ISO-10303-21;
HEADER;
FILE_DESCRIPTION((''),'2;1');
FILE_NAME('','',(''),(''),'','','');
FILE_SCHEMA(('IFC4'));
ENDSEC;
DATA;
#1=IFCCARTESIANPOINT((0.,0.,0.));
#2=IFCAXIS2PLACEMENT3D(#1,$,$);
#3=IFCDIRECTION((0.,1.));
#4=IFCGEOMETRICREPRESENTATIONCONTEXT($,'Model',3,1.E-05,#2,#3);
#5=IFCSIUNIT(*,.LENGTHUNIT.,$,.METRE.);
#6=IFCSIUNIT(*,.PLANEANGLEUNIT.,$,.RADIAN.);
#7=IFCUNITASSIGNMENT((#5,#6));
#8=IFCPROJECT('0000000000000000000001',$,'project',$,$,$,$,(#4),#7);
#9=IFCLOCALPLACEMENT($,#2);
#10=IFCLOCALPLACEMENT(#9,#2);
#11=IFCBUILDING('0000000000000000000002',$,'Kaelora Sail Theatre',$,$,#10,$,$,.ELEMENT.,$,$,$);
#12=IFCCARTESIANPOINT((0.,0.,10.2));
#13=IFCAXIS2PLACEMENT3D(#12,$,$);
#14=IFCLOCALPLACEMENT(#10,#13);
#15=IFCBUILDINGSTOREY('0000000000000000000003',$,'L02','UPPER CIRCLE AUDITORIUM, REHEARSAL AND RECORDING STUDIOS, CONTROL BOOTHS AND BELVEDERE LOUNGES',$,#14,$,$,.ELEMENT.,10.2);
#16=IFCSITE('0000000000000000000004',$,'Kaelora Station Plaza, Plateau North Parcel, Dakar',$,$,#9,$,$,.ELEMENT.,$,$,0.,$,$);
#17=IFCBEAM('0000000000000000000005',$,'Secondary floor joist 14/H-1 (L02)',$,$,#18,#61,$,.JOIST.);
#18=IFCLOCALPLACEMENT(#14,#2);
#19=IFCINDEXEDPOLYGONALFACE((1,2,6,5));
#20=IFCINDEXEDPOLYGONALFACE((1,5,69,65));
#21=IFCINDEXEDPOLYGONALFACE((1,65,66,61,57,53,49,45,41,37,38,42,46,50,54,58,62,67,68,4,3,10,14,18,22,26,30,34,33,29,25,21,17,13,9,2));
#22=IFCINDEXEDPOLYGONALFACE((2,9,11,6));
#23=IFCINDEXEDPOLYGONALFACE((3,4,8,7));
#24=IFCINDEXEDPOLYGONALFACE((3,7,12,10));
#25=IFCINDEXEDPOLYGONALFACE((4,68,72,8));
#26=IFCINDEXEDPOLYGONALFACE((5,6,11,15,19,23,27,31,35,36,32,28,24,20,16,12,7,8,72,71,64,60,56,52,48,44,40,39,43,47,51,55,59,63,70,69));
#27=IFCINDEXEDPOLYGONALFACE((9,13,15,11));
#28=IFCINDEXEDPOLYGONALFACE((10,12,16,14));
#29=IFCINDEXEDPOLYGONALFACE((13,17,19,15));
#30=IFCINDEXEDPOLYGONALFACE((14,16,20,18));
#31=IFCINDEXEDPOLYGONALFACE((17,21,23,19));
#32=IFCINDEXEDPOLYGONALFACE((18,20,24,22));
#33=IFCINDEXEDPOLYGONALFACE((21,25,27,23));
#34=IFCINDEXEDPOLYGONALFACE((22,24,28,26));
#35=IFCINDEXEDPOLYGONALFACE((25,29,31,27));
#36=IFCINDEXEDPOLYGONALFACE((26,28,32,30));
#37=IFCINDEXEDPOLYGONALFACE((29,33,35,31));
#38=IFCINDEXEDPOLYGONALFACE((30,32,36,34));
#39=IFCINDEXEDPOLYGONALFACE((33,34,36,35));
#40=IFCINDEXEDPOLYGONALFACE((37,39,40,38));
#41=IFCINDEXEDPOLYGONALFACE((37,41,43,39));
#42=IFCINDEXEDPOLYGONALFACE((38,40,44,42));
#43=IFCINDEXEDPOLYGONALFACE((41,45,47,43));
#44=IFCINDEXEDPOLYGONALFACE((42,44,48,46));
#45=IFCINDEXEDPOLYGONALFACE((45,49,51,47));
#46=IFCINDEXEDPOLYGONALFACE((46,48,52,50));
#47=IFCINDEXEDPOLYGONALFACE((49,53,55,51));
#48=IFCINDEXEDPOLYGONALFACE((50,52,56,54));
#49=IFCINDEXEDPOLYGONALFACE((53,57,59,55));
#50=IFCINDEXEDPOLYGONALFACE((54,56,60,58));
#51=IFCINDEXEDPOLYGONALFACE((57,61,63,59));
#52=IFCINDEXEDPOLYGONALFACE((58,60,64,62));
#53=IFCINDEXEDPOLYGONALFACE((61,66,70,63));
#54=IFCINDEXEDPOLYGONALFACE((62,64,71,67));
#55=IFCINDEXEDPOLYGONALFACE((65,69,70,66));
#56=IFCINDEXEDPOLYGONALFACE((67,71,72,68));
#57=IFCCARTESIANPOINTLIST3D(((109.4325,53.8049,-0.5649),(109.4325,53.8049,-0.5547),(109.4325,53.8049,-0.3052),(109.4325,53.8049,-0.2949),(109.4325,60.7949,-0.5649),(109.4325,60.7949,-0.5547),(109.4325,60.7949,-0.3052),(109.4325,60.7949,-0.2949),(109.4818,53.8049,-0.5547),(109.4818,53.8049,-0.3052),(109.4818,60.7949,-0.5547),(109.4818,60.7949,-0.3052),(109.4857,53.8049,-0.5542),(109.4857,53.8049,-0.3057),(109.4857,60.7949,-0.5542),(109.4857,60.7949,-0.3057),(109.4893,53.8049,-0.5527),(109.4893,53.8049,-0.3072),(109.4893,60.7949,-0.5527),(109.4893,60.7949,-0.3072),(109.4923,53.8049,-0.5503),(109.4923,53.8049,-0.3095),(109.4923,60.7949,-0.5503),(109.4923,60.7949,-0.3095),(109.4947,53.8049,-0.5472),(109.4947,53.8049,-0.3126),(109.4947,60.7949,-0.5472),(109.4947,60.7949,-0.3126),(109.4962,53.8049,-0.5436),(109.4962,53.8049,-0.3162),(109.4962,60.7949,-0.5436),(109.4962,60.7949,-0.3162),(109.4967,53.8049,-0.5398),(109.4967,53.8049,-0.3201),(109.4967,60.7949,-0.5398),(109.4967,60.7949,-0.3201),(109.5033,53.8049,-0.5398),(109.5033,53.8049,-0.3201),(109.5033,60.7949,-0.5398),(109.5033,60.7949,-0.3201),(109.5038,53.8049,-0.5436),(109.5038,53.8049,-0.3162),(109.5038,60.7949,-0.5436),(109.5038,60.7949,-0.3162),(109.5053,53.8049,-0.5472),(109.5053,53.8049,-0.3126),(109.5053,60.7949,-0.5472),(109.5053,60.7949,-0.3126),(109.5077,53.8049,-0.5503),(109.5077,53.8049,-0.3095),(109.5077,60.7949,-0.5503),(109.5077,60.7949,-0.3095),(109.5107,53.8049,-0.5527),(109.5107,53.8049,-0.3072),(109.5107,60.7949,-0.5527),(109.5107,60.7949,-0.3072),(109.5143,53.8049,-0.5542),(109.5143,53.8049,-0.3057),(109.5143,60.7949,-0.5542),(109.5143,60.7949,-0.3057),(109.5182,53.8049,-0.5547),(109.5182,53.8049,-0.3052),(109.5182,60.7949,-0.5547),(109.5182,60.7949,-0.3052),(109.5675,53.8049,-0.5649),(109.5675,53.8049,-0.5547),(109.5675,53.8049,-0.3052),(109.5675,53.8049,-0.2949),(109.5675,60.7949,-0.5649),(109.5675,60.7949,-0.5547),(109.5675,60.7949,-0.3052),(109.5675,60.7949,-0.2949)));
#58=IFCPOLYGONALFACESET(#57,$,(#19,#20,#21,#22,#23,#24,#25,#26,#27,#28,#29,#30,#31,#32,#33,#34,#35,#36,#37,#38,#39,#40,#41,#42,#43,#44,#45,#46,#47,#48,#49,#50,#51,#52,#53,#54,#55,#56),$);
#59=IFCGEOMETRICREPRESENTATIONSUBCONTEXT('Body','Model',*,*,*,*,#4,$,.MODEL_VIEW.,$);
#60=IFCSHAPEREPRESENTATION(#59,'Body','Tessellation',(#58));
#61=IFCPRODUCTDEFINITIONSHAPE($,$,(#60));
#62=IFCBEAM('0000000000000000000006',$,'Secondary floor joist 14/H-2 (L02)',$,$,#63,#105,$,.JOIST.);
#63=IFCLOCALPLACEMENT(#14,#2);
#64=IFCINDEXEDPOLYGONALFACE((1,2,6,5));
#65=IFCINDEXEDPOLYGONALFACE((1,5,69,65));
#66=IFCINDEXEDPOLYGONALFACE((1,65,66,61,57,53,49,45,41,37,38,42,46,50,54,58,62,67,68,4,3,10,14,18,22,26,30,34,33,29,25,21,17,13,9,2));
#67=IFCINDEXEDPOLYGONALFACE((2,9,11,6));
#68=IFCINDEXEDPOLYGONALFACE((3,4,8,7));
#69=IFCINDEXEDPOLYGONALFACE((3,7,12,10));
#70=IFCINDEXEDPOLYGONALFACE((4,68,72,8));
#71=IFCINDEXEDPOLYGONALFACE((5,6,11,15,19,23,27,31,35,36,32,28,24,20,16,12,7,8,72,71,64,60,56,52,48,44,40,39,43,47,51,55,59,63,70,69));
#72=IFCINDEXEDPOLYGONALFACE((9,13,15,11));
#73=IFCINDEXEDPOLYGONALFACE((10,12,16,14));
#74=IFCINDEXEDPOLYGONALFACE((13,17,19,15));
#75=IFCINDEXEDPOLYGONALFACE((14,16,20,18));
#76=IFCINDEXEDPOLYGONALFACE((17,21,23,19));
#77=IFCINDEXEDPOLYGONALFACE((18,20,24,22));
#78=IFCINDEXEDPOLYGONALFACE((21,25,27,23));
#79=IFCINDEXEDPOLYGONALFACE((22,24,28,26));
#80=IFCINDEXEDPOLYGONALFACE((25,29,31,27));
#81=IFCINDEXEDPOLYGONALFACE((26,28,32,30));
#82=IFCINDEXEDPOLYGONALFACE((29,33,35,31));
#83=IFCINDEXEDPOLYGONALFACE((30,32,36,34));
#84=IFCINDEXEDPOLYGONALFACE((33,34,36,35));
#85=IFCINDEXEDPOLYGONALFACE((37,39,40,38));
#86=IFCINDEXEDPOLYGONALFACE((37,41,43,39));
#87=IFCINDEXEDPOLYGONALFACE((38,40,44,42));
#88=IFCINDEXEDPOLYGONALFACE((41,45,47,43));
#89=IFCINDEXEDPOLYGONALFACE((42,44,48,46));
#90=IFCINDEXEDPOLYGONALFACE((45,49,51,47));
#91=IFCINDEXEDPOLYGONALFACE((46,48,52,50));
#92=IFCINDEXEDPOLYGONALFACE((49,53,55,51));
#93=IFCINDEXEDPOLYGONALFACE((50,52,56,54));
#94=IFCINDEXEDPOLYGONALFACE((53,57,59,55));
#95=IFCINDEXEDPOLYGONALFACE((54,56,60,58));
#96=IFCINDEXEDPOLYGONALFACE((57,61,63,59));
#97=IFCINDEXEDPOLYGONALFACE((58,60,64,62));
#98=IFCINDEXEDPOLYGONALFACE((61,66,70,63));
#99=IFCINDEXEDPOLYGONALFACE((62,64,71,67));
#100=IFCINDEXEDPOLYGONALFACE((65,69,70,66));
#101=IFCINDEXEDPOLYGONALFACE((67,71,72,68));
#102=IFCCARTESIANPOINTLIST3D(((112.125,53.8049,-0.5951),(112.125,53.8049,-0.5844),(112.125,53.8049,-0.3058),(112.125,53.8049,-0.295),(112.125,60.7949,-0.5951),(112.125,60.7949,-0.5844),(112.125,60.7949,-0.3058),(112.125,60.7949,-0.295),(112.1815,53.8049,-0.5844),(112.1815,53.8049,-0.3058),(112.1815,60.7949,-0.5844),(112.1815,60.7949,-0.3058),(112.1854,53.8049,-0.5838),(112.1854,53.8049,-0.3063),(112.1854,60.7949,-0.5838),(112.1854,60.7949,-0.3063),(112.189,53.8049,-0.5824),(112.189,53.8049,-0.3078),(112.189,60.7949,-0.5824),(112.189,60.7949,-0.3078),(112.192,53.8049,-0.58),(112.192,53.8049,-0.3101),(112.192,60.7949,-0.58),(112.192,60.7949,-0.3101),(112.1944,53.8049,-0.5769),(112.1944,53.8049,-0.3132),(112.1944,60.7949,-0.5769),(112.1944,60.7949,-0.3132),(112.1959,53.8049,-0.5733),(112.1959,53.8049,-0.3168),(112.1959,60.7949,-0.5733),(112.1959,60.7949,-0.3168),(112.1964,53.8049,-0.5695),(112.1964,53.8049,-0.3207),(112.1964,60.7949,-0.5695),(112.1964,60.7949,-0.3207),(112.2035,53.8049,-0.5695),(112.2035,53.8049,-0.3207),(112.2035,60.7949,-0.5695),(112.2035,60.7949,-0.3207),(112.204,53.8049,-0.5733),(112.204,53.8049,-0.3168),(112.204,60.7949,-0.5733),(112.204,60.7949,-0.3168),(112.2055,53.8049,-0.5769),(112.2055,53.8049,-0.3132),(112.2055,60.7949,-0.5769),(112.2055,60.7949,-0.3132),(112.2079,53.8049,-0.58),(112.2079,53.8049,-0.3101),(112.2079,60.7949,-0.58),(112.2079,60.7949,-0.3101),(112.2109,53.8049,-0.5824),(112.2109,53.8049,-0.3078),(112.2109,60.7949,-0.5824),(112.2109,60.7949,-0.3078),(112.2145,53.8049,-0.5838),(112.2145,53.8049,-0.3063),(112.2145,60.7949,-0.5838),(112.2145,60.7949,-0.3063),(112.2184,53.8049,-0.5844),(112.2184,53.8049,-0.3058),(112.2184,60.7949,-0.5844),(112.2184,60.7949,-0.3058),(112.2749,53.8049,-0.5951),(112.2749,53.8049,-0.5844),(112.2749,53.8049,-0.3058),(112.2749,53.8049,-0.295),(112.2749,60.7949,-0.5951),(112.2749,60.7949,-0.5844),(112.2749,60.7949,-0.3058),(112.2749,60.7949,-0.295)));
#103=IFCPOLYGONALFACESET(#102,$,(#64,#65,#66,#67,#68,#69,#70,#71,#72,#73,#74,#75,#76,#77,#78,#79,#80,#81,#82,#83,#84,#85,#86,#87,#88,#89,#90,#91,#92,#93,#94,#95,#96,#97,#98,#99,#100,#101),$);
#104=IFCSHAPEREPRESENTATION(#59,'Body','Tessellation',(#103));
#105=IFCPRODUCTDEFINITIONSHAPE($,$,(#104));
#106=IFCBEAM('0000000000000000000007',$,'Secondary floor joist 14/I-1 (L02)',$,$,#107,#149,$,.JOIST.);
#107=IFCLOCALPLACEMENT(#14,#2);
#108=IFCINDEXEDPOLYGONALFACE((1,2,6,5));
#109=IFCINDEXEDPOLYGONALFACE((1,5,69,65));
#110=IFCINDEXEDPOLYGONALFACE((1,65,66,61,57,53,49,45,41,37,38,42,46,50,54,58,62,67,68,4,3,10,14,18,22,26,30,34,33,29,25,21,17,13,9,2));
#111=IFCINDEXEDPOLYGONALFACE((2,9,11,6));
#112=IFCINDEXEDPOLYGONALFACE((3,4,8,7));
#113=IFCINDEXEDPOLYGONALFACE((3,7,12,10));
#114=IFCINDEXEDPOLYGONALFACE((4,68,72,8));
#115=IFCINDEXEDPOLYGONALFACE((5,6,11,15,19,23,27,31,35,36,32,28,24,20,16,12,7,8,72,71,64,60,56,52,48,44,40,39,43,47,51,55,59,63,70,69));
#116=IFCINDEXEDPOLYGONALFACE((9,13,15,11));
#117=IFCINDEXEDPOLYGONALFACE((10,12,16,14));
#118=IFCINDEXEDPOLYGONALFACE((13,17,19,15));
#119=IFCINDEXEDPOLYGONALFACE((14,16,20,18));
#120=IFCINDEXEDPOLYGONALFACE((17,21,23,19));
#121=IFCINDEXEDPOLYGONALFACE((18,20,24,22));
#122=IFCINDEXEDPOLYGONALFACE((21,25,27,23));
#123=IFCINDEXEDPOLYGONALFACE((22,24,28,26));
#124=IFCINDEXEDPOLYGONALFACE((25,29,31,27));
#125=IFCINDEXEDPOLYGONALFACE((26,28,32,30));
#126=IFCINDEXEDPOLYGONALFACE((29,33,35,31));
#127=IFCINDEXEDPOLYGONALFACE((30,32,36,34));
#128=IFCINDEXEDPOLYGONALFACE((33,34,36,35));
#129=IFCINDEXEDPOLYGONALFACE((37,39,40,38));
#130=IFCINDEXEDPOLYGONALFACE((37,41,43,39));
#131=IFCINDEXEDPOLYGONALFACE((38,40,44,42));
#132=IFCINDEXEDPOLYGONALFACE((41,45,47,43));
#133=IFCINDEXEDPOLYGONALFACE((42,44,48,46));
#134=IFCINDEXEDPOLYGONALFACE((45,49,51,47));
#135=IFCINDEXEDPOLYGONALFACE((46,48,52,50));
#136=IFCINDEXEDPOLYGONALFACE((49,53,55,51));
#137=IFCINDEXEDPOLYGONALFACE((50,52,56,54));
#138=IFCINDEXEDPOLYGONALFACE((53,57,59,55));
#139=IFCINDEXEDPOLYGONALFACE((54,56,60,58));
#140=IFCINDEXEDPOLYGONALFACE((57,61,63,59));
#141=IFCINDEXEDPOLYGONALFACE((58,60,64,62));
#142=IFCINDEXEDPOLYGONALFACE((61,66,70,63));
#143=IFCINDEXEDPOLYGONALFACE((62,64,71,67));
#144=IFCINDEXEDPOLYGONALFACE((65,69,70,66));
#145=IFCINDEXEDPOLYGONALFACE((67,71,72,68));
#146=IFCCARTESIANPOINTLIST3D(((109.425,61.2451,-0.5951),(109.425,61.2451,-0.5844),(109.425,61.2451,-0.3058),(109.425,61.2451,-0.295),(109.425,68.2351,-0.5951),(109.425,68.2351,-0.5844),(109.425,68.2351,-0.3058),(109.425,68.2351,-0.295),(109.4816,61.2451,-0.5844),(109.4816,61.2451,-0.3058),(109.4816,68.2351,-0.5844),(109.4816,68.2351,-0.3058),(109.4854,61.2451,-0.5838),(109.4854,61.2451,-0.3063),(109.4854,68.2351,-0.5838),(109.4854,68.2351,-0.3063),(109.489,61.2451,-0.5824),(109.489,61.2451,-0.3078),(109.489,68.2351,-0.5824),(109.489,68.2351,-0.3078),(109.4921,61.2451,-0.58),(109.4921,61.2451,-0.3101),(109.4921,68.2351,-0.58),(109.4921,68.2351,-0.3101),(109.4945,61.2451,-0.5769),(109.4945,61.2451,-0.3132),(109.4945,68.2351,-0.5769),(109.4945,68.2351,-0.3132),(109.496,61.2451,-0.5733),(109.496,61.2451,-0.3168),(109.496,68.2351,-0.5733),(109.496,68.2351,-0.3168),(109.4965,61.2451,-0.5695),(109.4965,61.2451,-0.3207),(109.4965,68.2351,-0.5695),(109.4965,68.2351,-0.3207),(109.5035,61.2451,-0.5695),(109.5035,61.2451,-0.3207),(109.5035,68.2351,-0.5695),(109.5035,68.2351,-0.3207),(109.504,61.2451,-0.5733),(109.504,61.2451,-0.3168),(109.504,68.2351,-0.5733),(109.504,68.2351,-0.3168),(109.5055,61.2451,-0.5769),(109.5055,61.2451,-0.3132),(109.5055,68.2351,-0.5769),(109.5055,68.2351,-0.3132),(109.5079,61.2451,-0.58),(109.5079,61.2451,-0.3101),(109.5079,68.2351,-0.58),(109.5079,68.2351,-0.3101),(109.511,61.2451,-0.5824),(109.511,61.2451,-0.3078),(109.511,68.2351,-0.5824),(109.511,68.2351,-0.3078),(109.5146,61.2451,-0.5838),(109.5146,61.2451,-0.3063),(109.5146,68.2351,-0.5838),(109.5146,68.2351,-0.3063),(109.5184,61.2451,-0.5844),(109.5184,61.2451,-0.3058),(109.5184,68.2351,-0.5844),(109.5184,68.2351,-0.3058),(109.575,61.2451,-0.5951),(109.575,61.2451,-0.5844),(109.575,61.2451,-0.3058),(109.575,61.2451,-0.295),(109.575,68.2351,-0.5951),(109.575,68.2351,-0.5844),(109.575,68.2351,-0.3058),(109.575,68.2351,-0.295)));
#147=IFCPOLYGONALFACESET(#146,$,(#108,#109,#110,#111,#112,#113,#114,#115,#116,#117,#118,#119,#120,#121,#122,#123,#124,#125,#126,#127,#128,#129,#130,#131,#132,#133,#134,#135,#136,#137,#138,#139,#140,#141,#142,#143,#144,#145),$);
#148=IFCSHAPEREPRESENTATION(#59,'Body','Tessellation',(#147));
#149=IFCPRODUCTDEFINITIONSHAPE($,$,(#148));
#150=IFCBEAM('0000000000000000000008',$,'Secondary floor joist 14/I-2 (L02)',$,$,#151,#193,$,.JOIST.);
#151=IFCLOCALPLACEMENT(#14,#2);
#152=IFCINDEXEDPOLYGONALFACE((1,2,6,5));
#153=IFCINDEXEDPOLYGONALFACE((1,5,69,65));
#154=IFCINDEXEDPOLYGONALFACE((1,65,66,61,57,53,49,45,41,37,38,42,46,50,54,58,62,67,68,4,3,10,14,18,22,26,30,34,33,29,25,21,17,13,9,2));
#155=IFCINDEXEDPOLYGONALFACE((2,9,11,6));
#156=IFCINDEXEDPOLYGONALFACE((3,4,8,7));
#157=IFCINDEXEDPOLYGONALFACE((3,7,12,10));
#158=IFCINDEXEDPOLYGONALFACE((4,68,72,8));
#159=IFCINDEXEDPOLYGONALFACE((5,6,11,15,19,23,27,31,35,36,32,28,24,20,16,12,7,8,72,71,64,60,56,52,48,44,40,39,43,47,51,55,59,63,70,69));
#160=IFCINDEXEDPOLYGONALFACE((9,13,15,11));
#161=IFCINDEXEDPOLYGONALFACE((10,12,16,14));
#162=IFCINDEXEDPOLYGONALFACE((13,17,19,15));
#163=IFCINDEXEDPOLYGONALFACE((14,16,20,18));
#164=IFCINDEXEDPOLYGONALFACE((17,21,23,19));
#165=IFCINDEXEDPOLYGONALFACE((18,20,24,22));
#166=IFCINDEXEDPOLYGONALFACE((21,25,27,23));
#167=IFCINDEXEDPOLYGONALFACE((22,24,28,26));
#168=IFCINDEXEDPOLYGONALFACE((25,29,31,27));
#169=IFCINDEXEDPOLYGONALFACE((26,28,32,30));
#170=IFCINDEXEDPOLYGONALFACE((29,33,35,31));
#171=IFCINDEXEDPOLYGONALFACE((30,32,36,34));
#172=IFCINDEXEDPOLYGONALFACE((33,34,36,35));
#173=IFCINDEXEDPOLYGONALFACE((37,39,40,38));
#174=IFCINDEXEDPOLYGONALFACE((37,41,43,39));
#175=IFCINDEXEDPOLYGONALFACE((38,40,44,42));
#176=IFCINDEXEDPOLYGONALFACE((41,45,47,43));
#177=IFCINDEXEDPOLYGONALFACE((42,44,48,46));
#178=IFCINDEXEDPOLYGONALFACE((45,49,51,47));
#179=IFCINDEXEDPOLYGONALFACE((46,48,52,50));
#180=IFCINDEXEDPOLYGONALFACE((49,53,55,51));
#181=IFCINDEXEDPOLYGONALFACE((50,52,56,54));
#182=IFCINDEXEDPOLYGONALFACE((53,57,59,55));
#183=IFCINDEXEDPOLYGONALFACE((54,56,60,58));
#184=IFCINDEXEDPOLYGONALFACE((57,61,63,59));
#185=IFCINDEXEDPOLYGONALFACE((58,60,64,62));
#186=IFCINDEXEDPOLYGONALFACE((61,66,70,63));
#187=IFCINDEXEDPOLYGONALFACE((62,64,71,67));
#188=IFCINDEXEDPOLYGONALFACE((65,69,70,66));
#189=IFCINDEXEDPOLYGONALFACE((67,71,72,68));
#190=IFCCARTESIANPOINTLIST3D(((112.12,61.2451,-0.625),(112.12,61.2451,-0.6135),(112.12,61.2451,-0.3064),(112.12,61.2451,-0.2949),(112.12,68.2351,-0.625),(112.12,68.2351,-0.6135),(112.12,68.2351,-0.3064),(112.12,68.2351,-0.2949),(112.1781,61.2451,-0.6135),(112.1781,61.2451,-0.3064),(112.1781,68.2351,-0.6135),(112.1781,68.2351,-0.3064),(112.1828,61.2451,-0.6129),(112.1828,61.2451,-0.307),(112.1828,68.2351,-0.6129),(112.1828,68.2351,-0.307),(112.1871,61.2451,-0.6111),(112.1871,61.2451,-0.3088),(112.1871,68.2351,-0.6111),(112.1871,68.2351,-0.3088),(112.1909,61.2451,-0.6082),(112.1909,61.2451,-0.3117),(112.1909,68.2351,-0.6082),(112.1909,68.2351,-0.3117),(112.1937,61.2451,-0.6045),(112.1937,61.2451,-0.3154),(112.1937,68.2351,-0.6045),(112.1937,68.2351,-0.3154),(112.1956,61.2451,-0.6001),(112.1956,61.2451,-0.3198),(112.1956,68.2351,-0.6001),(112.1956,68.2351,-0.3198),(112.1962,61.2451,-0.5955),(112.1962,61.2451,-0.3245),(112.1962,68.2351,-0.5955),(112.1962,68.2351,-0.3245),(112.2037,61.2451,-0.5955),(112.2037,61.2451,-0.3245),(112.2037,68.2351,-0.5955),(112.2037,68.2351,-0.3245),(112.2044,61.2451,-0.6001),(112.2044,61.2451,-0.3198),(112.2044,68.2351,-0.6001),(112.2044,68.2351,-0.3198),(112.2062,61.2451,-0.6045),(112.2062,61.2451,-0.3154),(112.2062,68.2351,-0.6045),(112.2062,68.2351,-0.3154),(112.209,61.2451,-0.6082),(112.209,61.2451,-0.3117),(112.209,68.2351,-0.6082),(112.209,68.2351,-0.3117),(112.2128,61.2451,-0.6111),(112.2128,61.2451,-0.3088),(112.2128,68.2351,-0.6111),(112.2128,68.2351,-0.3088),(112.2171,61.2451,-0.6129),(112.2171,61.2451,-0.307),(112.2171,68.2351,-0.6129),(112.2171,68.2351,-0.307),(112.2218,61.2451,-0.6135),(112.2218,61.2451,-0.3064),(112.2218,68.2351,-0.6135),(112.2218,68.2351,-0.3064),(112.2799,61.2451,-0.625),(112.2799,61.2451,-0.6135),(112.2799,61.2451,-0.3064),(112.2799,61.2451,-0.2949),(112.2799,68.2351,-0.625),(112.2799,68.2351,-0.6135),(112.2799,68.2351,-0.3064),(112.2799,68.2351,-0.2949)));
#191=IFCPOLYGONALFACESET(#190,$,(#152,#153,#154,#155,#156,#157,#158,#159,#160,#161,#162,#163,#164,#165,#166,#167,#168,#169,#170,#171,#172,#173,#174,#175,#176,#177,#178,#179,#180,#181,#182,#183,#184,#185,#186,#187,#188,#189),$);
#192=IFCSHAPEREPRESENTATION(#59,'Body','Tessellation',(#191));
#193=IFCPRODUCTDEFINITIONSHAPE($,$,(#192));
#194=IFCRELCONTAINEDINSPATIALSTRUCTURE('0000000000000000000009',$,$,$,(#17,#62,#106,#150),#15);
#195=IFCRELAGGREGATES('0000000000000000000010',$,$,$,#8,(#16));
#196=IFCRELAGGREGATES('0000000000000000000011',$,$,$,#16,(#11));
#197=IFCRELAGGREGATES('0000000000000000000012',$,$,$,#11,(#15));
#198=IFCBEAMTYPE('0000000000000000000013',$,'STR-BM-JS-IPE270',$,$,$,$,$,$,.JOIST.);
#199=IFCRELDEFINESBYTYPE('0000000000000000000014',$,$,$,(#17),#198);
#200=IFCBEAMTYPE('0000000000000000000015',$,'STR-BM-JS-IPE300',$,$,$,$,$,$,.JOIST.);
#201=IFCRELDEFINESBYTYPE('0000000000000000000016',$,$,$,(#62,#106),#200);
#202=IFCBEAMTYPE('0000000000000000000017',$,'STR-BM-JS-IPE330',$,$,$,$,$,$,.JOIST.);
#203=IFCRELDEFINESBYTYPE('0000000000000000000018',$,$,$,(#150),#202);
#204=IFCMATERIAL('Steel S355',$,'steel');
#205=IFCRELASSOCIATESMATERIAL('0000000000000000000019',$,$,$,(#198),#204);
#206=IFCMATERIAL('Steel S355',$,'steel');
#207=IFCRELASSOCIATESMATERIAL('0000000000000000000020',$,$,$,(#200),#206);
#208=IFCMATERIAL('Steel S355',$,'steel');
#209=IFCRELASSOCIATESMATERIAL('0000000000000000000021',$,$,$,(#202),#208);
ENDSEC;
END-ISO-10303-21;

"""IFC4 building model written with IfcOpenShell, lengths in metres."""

from ifc_helpers import new_model, si_unit, direction, frame, origin, origin_2d, place, context, subcontext, project, spatial, i_section, extrude, material, material_profile, profile_set, type_object, element, save


model = new_model("IFC4")

# Units and contexts
model_context = context("Model", 3, precision=1e-05, world=origin(), true_north=direction((0.0, 1.0)))
body_context = subcontext(model_context, "Body", "Model", "MODEL_VIEW")
ifc_project = project(units=[si_unit("LENGTHUNIT", "METRE"), si_unit("PLANEANGLEUNIT", "RADIAN")], contexts=[model_context])

# Site, building, storey
site_placement = place(None, origin())
site = spatial("IfcSite", under=ifc_project, at=site_placement, Name="Kaelora Station Plaza, Plateau North Parcel, Dakar", CompositionType="ELEMENT", RefElevation=0.0)
building_placement = place(site_placement, origin())
building = spatial("IfcBuilding", under=site, at=building_placement, Name="Kaelora Sail Theatre", CompositionType="ELEMENT")
storey_placement = place(building_placement, frame((0.0, 0.0, 10.2)))
storey = spatial("IfcBuildingStorey", under=building, at=storey_placement, Name="L02", Description="UPPER CIRCLE AUDITORIUM, REHEARSAL AND RECORDING STUDIOS, CONTROL BOOTHS AND BELVEDERE LOUNGES", CompositionType="ELEMENT", Elevation=10.2)

# Beams
ifc_material_1 = material(Name="Steel S355", Category="steel")
ifc_material_profile_1 = material_profile(ifc_material_1, i_section(OverallWidth=0.135, OverallDepth=0.27, WebThickness=0.0066, FlangeThickness=0.0103, FilletRadius=0.0149, at=origin_2d()), Name="IPE 270")
ifc_profile_set_1 = profile_set([ifc_material_profile_1], Name="Steel S355")
beam_type_1 = type_object("IfcBeamType", Name="STR-BM-JS-IPE270", PredefinedType="JOIST", material=ifc_profile_set_1)
for number, where, z_axis, x_axis, name in (
    (1, (109.5, 53.8049, -0.4299), (0.0, 1.0, 0.0), (-1.0, 0.0, 0.0), "Secondary floor joist 14/H-1 (L02)"),
):
    element("IfcBeam", number, at=place(storey_placement, frame(where, z_axis=z_axis, x_axis=x_axis)), inside=storey, type_object=beam_type_1, Name=name, PredefinedType="JOIST", context=body_context, shape_type="SweptSolid", body=[
        extrude(i_section(OverallWidth=0.135, OverallDepth=0.27, WebThickness=0.0066, FlangeThickness=0.0103, FilletRadius=0.0149, at=origin_2d()), origin(), (0.0, 0.0, 1.0), 6.99),
    ])
ifc_material_2 = material(Name="Steel S355", Category="steel")
ifc_material_profile_2 = material_profile(ifc_material_2, i_section(OverallWidth=0.1499, OverallDepth=0.3, WebThickness=0.0071, FlangeThickness=0.0107, FilletRadius=0.0149, at=origin_2d()), Name="IPE 300")
ifc_profile_set_2 = profile_set([ifc_material_profile_2], Name="Steel S355")
beam_type_2 = type_object("IfcBeamType", Name="STR-BM-JS-IPE300", PredefinedType="JOIST", material=ifc_profile_set_2)
for number, where, z_axis, x_axis, name in (
    (2, (112.2, 53.8049, -0.4451), (0.0, 1.0, 0.0), (-1.0, 0.0, 0.0), "Secondary floor joist 14/H-2 (L02)"),
    (3, (109.5, 61.2451, -0.4451), (0.0, 1.0, 0.0), (-1.0, 0.0, 0.0), "Secondary floor joist 14/I-1 (L02)"),
):
    element("IfcBeam", number, at=place(storey_placement, frame(where, z_axis=z_axis, x_axis=x_axis)), inside=storey, type_object=beam_type_2, Name=name, PredefinedType="JOIST", context=body_context, shape_type="SweptSolid", body=[
        extrude(i_section(OverallWidth=0.1499, OverallDepth=0.3, WebThickness=0.0071, FlangeThickness=0.0107, FilletRadius=0.0149, at=origin_2d()), origin(), (0.0, 0.0, 1.0), 6.99),
    ])
ifc_material_3 = material(Name="Steel S355", Category="steel")
ifc_material_profile_3 = material_profile(ifc_material_3, i_section(OverallWidth=0.1599, OverallDepth=0.3301, WebThickness=0.0076, FlangeThickness=0.0115, FilletRadius=0.0181, at=origin_2d()), Name="IPE 330")
ifc_profile_set_3 = profile_set([ifc_material_profile_3], Name="Steel S355")
beam_type_3 = type_object("IfcBeamType", Name="STR-BM-JS-IPE330", PredefinedType="JOIST", material=ifc_profile_set_3)
beam_1_placement = place(storey_placement, frame((112.2, 61.2451, -0.46), z_axis=(0.0, 1.0, 0.0), x_axis=(-1.0, 0.0, 0.0)))
element("IfcBeam", 4, at=beam_1_placement, inside=storey, type_object=beam_type_3, Name="Secondary floor joist 14/I-2 (L02)", PredefinedType="JOIST", context=body_context, shape_type="SweptSolid", body=[
    extrude(i_section(OverallWidth=0.1599, OverallDepth=0.3301, WebThickness=0.0076, FlangeThickness=0.0115, FilletRadius=0.0181, at=origin_2d()), origin(), (0.0, 0.0, 1.0), 6.99),
])

save(model, "model.ifc")
